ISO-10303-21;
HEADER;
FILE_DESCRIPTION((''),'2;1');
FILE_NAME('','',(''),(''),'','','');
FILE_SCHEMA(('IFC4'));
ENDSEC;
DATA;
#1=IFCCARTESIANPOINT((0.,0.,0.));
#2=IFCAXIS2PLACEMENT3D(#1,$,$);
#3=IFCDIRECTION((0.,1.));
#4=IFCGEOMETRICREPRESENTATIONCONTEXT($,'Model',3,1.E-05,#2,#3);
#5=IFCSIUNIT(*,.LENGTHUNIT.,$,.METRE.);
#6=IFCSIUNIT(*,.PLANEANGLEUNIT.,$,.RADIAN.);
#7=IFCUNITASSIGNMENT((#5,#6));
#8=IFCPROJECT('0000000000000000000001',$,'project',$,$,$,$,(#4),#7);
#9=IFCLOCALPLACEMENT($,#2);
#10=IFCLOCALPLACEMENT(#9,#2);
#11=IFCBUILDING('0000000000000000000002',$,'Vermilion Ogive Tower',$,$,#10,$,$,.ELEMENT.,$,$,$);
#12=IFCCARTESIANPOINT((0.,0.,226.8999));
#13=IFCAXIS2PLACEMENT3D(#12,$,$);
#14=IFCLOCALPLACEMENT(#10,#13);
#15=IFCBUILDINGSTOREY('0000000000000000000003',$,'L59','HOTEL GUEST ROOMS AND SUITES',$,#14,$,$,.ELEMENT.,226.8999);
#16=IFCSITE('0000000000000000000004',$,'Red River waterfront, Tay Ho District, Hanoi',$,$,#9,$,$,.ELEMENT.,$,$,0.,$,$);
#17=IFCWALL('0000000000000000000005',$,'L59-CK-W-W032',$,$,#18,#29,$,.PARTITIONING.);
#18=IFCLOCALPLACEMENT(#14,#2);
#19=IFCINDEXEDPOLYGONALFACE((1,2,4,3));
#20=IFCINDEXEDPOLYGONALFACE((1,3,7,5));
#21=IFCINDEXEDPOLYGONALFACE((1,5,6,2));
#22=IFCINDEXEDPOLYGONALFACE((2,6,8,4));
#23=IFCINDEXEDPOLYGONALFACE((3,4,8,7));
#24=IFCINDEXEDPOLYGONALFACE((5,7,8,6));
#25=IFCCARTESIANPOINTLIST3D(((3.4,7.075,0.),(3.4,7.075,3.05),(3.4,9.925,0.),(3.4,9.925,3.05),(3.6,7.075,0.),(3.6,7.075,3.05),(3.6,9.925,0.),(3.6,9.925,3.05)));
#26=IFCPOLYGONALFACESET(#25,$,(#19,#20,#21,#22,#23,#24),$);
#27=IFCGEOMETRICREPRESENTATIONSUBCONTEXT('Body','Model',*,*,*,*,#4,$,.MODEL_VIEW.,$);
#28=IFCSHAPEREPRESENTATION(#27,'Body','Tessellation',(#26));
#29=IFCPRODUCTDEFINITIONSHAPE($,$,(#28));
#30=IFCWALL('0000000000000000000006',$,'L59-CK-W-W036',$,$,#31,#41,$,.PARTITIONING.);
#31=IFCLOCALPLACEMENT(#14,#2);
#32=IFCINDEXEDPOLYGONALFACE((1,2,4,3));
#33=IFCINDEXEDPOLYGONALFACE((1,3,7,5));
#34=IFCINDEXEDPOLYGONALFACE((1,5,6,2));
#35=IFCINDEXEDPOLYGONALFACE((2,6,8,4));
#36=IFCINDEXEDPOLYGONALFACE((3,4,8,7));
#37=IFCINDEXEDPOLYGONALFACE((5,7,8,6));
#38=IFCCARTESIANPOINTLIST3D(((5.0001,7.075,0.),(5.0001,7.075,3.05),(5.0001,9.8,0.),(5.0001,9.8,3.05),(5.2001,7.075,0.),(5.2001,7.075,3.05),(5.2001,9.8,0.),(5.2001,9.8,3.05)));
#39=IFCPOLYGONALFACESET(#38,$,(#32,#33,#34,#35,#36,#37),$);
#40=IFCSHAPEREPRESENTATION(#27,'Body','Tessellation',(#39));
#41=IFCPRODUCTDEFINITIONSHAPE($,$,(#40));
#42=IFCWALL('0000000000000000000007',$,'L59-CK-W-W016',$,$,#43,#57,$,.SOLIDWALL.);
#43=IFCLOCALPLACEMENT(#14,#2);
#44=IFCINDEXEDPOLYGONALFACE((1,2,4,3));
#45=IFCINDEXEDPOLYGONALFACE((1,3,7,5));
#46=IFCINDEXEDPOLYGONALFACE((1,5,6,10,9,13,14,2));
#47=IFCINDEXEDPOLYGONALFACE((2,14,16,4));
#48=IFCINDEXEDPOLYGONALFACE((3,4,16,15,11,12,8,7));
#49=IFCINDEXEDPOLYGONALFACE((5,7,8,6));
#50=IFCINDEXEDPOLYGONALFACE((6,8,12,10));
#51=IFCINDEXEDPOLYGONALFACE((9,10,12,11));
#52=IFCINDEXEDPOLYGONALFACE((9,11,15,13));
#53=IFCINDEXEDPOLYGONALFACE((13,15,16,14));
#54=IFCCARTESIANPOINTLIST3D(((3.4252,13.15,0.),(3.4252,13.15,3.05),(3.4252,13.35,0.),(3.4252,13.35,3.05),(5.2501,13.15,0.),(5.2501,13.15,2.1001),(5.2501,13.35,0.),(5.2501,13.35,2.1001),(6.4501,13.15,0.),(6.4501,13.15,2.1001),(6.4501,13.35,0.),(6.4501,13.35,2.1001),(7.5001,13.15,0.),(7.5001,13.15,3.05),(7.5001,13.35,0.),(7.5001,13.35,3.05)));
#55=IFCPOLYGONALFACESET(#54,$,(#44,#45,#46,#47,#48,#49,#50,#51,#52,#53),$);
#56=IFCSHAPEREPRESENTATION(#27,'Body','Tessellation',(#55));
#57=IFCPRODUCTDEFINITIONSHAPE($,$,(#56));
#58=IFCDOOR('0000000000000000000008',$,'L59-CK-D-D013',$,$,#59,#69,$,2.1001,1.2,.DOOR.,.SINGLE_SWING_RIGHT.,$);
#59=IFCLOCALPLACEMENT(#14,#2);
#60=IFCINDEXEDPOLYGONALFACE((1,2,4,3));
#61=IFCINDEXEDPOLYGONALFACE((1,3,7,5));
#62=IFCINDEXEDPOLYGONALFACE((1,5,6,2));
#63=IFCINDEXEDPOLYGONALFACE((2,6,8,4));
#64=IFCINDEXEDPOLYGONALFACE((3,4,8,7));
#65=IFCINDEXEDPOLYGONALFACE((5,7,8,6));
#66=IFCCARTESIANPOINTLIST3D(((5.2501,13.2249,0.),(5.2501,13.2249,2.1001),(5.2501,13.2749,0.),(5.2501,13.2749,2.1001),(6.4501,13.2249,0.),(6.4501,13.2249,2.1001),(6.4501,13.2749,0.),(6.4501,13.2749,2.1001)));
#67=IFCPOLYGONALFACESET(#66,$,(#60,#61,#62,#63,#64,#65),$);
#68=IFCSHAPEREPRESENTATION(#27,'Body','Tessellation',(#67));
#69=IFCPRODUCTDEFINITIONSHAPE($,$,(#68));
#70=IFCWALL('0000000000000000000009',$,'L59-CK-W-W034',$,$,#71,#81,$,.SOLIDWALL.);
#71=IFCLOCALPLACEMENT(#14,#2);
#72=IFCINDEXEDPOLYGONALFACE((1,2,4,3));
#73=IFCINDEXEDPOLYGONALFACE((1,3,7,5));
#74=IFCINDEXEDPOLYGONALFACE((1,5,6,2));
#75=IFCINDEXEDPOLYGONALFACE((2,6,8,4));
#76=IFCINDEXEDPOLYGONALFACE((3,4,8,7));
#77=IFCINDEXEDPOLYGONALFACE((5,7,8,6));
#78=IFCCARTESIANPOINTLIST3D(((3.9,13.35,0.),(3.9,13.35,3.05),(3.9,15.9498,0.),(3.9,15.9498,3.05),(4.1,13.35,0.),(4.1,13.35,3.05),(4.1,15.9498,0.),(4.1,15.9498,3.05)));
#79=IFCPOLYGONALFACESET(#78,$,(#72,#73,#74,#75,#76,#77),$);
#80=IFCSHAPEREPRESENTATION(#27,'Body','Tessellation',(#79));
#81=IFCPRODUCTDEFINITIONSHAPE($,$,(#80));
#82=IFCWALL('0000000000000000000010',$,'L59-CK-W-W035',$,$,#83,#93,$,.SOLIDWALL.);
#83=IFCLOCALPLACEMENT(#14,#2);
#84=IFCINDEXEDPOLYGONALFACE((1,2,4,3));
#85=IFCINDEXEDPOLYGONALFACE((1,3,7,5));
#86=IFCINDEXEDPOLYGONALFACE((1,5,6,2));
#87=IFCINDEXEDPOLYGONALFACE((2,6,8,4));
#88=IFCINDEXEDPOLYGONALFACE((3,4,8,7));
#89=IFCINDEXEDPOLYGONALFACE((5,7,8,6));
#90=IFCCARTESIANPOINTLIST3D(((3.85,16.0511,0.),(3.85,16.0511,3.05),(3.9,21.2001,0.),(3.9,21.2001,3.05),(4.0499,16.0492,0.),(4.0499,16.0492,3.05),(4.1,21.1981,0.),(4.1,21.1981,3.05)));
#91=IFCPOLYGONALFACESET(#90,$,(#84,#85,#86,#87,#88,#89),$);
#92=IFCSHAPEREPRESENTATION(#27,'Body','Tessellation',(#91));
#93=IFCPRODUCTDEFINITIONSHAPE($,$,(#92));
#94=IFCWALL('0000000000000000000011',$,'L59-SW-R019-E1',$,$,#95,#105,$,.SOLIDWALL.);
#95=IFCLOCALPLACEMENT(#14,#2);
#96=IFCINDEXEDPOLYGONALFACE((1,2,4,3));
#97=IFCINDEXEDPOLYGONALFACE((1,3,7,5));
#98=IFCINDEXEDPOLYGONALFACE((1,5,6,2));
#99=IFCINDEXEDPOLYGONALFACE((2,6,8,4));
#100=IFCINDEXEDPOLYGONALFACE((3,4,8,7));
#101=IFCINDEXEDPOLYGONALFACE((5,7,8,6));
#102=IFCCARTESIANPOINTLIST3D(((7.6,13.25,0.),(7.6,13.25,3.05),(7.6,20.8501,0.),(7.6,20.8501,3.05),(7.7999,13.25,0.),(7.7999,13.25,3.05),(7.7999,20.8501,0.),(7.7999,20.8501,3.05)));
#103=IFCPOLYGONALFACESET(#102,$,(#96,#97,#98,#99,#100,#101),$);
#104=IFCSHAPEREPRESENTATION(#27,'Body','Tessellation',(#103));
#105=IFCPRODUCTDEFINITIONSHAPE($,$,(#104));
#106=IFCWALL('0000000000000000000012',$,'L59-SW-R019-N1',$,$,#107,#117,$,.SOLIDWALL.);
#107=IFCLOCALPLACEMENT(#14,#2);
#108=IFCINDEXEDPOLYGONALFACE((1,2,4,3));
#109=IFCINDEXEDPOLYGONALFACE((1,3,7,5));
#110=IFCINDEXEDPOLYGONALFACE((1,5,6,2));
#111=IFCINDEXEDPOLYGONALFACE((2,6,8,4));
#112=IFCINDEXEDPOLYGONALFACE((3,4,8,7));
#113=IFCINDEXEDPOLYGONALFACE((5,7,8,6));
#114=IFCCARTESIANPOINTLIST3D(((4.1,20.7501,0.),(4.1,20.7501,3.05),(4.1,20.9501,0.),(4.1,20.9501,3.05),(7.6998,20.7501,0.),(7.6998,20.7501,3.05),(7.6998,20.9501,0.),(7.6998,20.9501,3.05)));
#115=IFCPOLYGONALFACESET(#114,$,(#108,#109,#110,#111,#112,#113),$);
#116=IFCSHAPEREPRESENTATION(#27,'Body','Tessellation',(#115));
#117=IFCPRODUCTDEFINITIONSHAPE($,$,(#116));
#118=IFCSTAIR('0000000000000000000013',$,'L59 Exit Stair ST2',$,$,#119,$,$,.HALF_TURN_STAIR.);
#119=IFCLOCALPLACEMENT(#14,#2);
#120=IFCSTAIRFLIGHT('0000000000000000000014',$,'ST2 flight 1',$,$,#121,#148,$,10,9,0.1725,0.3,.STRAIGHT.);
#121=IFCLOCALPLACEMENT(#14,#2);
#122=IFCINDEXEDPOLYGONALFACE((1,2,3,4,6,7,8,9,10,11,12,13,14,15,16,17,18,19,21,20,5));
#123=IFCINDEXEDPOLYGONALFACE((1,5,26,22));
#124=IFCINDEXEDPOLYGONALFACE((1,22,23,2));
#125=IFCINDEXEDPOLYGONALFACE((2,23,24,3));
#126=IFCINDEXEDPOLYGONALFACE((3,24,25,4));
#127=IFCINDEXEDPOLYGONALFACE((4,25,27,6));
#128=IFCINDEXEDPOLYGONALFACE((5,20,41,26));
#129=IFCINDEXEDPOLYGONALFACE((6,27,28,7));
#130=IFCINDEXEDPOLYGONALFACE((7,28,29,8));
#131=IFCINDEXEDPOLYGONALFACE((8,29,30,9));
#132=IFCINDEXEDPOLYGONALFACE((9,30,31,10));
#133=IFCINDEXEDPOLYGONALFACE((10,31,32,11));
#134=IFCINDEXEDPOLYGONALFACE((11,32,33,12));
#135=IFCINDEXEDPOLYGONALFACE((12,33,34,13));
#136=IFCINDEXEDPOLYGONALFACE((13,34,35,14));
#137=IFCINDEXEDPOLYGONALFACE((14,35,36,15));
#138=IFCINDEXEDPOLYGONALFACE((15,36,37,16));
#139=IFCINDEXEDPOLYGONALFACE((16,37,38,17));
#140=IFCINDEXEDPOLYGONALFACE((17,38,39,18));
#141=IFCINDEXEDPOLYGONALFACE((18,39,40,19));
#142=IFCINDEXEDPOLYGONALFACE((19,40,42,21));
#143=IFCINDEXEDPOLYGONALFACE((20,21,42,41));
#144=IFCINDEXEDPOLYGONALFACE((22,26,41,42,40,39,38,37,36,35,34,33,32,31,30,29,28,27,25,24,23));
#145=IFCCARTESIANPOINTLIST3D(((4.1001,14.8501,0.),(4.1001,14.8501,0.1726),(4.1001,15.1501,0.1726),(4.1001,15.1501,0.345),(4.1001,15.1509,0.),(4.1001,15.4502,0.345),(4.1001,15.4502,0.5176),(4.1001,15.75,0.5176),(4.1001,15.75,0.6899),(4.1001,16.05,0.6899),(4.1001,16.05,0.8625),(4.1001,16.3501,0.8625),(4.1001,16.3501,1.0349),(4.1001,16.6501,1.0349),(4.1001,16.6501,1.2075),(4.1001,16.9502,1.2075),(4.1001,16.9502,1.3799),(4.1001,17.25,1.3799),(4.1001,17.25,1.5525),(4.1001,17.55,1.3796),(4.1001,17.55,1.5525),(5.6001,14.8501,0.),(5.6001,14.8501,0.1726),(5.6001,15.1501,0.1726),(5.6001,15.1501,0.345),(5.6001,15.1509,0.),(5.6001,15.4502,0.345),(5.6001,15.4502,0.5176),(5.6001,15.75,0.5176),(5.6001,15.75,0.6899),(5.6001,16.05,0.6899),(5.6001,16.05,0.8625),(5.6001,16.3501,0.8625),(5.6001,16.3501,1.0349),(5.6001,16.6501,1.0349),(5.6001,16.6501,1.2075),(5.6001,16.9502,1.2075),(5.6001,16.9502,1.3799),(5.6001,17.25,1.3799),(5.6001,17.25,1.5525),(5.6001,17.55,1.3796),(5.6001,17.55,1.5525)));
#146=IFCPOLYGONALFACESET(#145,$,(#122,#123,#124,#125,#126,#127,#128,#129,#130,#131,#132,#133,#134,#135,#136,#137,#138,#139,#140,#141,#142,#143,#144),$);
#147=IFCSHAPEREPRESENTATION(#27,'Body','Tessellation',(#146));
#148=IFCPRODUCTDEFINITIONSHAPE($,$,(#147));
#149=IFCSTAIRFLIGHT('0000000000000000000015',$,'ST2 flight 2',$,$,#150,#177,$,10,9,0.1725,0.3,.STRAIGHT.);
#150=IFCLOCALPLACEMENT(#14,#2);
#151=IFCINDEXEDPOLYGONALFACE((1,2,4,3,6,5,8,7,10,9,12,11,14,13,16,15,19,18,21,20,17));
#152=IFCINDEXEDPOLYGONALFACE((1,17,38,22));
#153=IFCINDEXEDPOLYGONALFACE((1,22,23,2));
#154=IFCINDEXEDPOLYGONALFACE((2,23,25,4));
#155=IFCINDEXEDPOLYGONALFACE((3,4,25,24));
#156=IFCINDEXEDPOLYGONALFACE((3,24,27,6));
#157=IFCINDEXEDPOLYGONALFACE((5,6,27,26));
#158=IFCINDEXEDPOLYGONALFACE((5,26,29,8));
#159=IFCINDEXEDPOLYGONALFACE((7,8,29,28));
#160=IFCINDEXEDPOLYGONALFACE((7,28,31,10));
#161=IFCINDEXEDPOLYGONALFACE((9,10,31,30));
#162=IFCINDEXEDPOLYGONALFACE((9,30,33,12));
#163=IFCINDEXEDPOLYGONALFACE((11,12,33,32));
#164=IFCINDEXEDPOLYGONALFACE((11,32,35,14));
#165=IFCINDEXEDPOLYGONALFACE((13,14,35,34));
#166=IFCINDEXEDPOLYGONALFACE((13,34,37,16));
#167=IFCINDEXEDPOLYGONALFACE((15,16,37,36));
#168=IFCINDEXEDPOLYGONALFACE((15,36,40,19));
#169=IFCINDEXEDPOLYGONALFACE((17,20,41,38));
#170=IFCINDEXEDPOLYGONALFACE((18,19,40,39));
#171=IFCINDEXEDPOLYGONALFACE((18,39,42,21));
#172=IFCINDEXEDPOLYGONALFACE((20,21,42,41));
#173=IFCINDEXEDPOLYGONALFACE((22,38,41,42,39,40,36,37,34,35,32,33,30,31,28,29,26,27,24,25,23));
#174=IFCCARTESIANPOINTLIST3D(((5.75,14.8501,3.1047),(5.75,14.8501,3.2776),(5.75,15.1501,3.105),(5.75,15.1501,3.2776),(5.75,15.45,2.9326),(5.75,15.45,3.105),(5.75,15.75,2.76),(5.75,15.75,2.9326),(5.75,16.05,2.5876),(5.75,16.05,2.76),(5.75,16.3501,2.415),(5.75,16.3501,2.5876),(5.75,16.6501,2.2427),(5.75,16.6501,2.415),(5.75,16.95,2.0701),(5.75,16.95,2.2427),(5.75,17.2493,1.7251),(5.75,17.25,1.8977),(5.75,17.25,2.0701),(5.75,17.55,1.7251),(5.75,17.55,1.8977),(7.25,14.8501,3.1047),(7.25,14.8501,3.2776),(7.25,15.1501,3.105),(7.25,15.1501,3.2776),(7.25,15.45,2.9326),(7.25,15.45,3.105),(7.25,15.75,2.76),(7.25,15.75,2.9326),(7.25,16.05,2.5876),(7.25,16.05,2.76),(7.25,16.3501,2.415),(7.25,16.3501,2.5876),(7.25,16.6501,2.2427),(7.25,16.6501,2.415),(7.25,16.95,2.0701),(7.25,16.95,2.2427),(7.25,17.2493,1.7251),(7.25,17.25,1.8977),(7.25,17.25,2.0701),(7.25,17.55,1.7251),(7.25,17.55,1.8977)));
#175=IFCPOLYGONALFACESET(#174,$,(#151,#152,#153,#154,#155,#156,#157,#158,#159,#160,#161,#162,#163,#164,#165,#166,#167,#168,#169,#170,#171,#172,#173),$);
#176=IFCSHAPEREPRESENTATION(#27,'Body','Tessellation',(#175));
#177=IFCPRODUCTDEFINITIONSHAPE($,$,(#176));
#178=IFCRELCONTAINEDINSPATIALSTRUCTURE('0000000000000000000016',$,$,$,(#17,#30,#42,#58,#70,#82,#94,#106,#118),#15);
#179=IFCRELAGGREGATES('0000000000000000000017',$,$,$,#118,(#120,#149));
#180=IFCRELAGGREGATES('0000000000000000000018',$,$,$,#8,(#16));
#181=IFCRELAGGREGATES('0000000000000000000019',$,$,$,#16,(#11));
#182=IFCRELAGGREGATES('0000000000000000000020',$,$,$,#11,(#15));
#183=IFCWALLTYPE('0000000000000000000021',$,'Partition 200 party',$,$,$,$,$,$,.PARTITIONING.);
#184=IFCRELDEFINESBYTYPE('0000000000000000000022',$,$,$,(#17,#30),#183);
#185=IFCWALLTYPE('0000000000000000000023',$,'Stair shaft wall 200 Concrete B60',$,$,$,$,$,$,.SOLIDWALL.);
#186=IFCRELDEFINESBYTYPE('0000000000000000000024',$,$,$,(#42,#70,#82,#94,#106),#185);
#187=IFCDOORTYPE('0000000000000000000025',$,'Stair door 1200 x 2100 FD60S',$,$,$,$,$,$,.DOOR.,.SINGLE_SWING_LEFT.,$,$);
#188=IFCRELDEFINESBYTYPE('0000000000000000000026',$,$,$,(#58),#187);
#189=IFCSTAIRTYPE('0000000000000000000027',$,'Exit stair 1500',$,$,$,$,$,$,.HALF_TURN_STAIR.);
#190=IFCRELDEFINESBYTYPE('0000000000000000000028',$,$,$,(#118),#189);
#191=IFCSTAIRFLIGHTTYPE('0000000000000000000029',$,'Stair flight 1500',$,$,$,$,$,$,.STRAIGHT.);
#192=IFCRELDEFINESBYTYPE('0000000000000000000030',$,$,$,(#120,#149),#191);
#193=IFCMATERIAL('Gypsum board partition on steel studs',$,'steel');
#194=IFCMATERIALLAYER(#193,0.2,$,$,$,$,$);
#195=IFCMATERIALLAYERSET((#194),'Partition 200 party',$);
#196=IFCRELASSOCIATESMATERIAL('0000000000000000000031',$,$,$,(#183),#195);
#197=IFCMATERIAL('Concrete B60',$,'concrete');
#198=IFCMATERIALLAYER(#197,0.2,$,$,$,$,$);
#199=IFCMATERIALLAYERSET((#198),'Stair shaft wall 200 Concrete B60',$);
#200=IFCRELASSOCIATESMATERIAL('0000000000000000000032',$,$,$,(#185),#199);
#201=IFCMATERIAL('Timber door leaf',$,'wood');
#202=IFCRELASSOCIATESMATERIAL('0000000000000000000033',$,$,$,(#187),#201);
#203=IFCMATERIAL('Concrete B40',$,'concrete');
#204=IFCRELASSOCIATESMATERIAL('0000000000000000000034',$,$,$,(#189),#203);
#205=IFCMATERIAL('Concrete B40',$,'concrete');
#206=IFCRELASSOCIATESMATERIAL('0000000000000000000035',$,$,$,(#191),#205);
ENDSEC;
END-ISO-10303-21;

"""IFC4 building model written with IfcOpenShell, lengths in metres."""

from ifc_helpers import new_model, si_unit, direction, frame, frame_2d, origin, place, context, subcontext, project, spatial, polyline, rectangle, outline, extrude, material, layer, layer_set, type_object, element, fill, aggregate, save


model = new_model("IFC4")

# Units and contexts
model_context = context("Model", 3, precision=1e-05, world=origin(), true_north=direction((0.0, 1.0)))
body_context = subcontext(model_context, "Body", "Model", "MODEL_VIEW")
ifc_project = project(units=[si_unit("LENGTHUNIT", "METRE"), si_unit("PLANEANGLEUNIT", "RADIAN")], contexts=[model_context])

# Site, building, storey
site_placement = place(None, origin())
site = spatial("IfcSite", under=ifc_project, at=site_placement, Name="Red River waterfront, Tay Ho District, Hanoi", CompositionType="ELEMENT", RefElevation=0.0)
building_placement = place(site_placement, origin())
building = spatial("IfcBuilding", under=site, at=building_placement, Name="Vermilion Ogive Tower", CompositionType="ELEMENT")
storey_placement = place(building_placement, frame((0.0, 0.0, 226.8999)))
storey = spatial("IfcBuildingStorey", under=building, at=storey_placement, Name="L59", Description="HOTEL GUEST ROOMS AND SUITES", CompositionType="ELEMENT", Elevation=226.8999)

# Shared definitions
ifc_material_1 = material(Name="Gypsum board partition on steel studs", Category="steel")
ifc_layer_1 = layer(ifc_material_1, 0.2)
ifc_layer_set_1 = layer_set([ifc_layer_1], Name="Partition 200 party")
wall_type_1 = type_object("IfcWallType", Name="Partition 200 party", PredefinedType="PARTITIONING", material=ifc_layer_set_1)

# Walls
wall_1_placement = place(storey_placement, frame((3.5, 7.075, 0.0), z_axis=(0.0, 0.0, 1.0), x_axis=(0.0, 1.0, 0.0)))
element("IfcWall", 1, at=wall_1_placement, inside=storey, type_object=wall_type_1, Name="L59-CK-W-W032", PredefinedType="PARTITIONING", context=body_context, shape_type="SweptSolid", body=[
    extrude(rectangle(XDim=2.8501, YDim=0.2, at=frame_2d((1.425, 0.0))), origin(), (0.0, 0.0, 1.0), 3.05),
])
wall_2_placement = place(storey_placement, frame((5.1001, 7.075, 0.0), z_axis=(0.0, 0.0, 1.0), x_axis=(0.0, 1.0, 0.0)))
element("IfcWall", 2, at=wall_2_placement, inside=storey, type_object=wall_type_1, Name="L59-CK-W-W036", PredefinedType="PARTITIONING", context=body_context, shape_type="SweptSolid", body=[
    extrude(rectangle(XDim=2.7251, YDim=0.2, at=frame_2d((1.3625, 0.0))), origin(), (0.0, 0.0, 1.0), 3.05),
])

# Wall, opening, door
ifc_material_2 = material(Name="Concrete B60", Category="concrete")
ifc_layer_2 = layer(ifc_material_2, 0.2)
ifc_layer_set_2 = layer_set([ifc_layer_2], Name="Stair shaft wall 200 Concrete B60")
wall_type_2 = type_object("IfcWallType", Name="Stair shaft wall 200 Concrete B60", PredefinedType="SOLIDWALL", material=ifc_layer_set_2)
wall_3_placement = place(storey_placement, frame((3.425, 13.25, 0.0), z_axis=(0.0, 0.0, 1.0), x_axis=(1.0, 0.0, 0.0)))
wall_3 = element("IfcWall", 3, at=wall_3_placement, inside=storey, type_object=wall_type_2, Name="L59-CK-W-W016", PredefinedType="SOLIDWALL", context=body_context, shape_type="SweptSolid", body=[
    extrude(rectangle(XDim=4.075, YDim=0.2, at=frame_2d((2.0376, 0.0))), origin(), (0.0, 0.0, 1.0), 3.05),
])
opening_1_placement = place(wall_3_placement, frame((1.825, 0.0, 0.0)))
opening_1 = element("IfcOpeningElement", 4, at=opening_1_placement, cuts=wall_3, PredefinedType="OPENING", context=body_context, shape_type="SweptSolid", body=[
    extrude(rectangle(XDim=1.2, YDim=2.1001, at=frame_2d((0.6001, 1.05))), frame((0.0, 0.1099, 0.0), z_axis=(0.0, -1.0, 0.0), x_axis=(1.0, 0.0, 0.0)), (0.0, 0.0, 1.0), 0.22),
])
ifc_material_3 = material(Name="Timber door leaf", Category="wood")
door_type_1 = type_object("IfcDoorType", Name="Stair door 1200 x 2100 FD60S", OperationType="SINGLE_SWING_LEFT", PredefinedType="DOOR", material=ifc_material_3)
door_1_placement = place(opening_1_placement, origin())
door_1 = element("IfcDoor", 5, at=door_1_placement, inside=storey, type_object=door_type_1, Name="L59-CK-D-D013", OperationType="SINGLE_SWING_RIGHT", OverallHeight=2.1001, OverallWidth=1.2, PredefinedType="DOOR", context=body_context, shape_type="SweptSolid", body=[
    extrude(rectangle(XDim=1.2, YDim=2.1001, at=frame_2d((0.6001, 1.05))), frame((0.0, 0.0249, 0.0), z_axis=(0.0, -1.0, 0.0), x_axis=(1.0, 0.0, 0.0)), (0.0, 0.0, 1.0), 0.05),
])
fill(opening_1, door_1)

# Walls
wall_4_placement = place(storey_placement, frame((4.0, 13.3501, 0.0), z_axis=(0.0, 0.0, 1.0), x_axis=(0.0, 1.0, 0.0)))
element("IfcWall", 6, at=wall_4_placement, inside=storey, type_object=wall_type_2, Name="L59-CK-W-W034", PredefinedType="SOLIDWALL", context=body_context, shape_type="SweptSolid", body=[
    extrude(rectangle(XDim=2.5999, YDim=0.2, at=frame_2d((1.2998, 0.0))), origin(), (0.0, 0.0, 1.0), 3.05),
])
wall_5_placement = place(storey_placement, frame((3.95, 16.05, 0.0), z_axis=(0.0, 0.0, 1.0), x_axis=(0.00972, 0.999953, 0.0)))
element("IfcWall", 7, at=wall_5_placement, inside=storey, type_object=wall_type_2, Name="L59-CK-W-W035", PredefinedType="SOLIDWALL", context=body_context, shape_type="SweptSolid", body=[
    extrude(rectangle(XDim=5.1492, YDim=0.2, at=frame_2d((2.5747, 0.0))), origin(), (0.0, 0.0, 1.0), 3.05),
])
wall_6_placement = place(storey_placement, frame((7.7, 13.25, 0.0), z_axis=(0.0, 0.0, 1.0), x_axis=(0.0, 1.0, 0.0)))
element("IfcWall", 8, at=wall_6_placement, inside=storey, type_object=wall_type_2, Name="L59-SW-R019-E1", PredefinedType="SOLIDWALL", context=body_context, shape_type="SweptSolid", body=[
    extrude(rectangle(XDim=7.6001, YDim=0.2, at=frame_2d((3.8, 0.0))), origin(), (0.0, 0.0, 1.0), 3.05),
])
wall_7_placement = place(storey_placement, frame((4.1001, 20.8501, 0.0), z_axis=(0.0, 0.0, 1.0), x_axis=(1.0, 0.0, 0.0)))
element("IfcWall", 9, at=wall_7_placement, inside=storey, type_object=wall_type_2, Name="L59-SW-R019-N1", PredefinedType="SOLIDWALL", context=body_context, shape_type="SweptSolid", body=[
    extrude(rectangle(XDim=3.5999, YDim=0.2, at=frame_2d((1.7998, 0.0))), origin(), (0.0, 0.0, 1.0), 3.05),
])

# Stair, stair flights
ifc_material_4 = material(Name="Concrete B40", Category="concrete")
stair_type = type_object("IfcStairType", Name="Exit stair 1500", PredefinedType="HALF_TURN_STAIR", material=ifc_material_4)
stair_placement = place(storey_placement, origin())
stair = element("IfcStair", 10, at=stair_placement, inside=storey, type_object=stair_type, Name="L59 Exit Stair ST2", PredefinedType="HALF_TURN_STAIR")
ifc_material_5 = material(Name="Concrete B40", Category="concrete")
stair_flight_type = type_object("IfcStairFlightType", Name="Stair flight 1500", PredefinedType="STRAIGHT", material=ifc_material_5)
stair_flight_1_placement = place(storey_placement, frame((4.8501, 14.8501, 0.0), z_axis=(0.0, 0.0, 1.0), x_axis=(0.0, 1.0, 0.0)))
stair_flight_1 = element("IfcStairFlight", 11, at=stair_flight_1_placement, type_object=stair_flight_type, Name="ST2 flight 1", NumberOfRisers=10, NumberOfTreads=9, PredefinedType="STRAIGHT", RiserHeight=0.1725, TreadLength=0.3, context=body_context, shape_type="SweptSolid", body=[
    extrude(outline(polyline([(0.0, 0.0), (0.0, 0.1726), (0.3, 0.1726), (0.3, 0.345), (0.6001, 0.345), (0.6001, 0.5176), (0.8999, 0.5176), (0.8999, 0.6899), (1.2, 0.6899), (1.2, 0.8625), (1.5, 0.8625), (1.5, 1.0349), (1.8, 1.0349), (1.8, 1.2075), (2.1001, 1.2075), (2.1001, 1.3799), (2.3999, 1.3799), (2.3999, 1.5525), (2.7, 1.5525), (2.7, 1.7251), (2.7, 1.3796), (0.3008, 0.0), (0.0, 0.0)])), frame((0.0, 0.75, 0.0), z_axis=(0.0, -1.0, 0.0), x_axis=(1.0, 0.0, 0.0)), (0.0, 0.0, 1.0), 1.5),
])
stair_flight_2_placement = place(storey_placement, frame((6.5, 17.55, 1.7251), z_axis=(0.0, 0.0, 1.0), x_axis=(0.0, -1.0, 0.0)))
stair_flight_2 = element("IfcStairFlight", 12, at=stair_flight_2_placement, type_object=stair_flight_type, Name="ST2 flight 2", NumberOfRisers=10, NumberOfTreads=9, PredefinedType="STRAIGHT", RiserHeight=0.1725, TreadLength=0.3, context=body_context, shape_type="SweptSolid", body=[
    extrude(outline(polyline([(0.0, 0.0), (0.0, 0.1726), (0.3, 0.1726), (0.3, 0.345), (0.6001, 0.345), (0.6001, 0.5176), (0.8999, 0.5176), (0.8999, 0.6899), (1.2, 0.6899), (1.2, 0.8625), (1.5, 0.8625), (1.5, 1.0349), (1.8, 1.0349), (1.8, 1.2075), (2.1001, 1.2075), (2.1001, 1.3799), (2.3999, 1.3799), (2.3999, 1.5525), (2.7, 1.5525), (2.7, 1.7251), (2.7, 1.3796), (0.3008, 0.0), (0.0, 0.0)])), frame((0.0, 0.75, 0.0), z_axis=(0.0, -1.0, 0.0), x_axis=(1.0, 0.0, 0.0)), (0.0, 0.0, 1.0), 1.5),
])
aggregate(stair, [stair_flight_1, stair_flight_2])

save(model, "model.ifc")
